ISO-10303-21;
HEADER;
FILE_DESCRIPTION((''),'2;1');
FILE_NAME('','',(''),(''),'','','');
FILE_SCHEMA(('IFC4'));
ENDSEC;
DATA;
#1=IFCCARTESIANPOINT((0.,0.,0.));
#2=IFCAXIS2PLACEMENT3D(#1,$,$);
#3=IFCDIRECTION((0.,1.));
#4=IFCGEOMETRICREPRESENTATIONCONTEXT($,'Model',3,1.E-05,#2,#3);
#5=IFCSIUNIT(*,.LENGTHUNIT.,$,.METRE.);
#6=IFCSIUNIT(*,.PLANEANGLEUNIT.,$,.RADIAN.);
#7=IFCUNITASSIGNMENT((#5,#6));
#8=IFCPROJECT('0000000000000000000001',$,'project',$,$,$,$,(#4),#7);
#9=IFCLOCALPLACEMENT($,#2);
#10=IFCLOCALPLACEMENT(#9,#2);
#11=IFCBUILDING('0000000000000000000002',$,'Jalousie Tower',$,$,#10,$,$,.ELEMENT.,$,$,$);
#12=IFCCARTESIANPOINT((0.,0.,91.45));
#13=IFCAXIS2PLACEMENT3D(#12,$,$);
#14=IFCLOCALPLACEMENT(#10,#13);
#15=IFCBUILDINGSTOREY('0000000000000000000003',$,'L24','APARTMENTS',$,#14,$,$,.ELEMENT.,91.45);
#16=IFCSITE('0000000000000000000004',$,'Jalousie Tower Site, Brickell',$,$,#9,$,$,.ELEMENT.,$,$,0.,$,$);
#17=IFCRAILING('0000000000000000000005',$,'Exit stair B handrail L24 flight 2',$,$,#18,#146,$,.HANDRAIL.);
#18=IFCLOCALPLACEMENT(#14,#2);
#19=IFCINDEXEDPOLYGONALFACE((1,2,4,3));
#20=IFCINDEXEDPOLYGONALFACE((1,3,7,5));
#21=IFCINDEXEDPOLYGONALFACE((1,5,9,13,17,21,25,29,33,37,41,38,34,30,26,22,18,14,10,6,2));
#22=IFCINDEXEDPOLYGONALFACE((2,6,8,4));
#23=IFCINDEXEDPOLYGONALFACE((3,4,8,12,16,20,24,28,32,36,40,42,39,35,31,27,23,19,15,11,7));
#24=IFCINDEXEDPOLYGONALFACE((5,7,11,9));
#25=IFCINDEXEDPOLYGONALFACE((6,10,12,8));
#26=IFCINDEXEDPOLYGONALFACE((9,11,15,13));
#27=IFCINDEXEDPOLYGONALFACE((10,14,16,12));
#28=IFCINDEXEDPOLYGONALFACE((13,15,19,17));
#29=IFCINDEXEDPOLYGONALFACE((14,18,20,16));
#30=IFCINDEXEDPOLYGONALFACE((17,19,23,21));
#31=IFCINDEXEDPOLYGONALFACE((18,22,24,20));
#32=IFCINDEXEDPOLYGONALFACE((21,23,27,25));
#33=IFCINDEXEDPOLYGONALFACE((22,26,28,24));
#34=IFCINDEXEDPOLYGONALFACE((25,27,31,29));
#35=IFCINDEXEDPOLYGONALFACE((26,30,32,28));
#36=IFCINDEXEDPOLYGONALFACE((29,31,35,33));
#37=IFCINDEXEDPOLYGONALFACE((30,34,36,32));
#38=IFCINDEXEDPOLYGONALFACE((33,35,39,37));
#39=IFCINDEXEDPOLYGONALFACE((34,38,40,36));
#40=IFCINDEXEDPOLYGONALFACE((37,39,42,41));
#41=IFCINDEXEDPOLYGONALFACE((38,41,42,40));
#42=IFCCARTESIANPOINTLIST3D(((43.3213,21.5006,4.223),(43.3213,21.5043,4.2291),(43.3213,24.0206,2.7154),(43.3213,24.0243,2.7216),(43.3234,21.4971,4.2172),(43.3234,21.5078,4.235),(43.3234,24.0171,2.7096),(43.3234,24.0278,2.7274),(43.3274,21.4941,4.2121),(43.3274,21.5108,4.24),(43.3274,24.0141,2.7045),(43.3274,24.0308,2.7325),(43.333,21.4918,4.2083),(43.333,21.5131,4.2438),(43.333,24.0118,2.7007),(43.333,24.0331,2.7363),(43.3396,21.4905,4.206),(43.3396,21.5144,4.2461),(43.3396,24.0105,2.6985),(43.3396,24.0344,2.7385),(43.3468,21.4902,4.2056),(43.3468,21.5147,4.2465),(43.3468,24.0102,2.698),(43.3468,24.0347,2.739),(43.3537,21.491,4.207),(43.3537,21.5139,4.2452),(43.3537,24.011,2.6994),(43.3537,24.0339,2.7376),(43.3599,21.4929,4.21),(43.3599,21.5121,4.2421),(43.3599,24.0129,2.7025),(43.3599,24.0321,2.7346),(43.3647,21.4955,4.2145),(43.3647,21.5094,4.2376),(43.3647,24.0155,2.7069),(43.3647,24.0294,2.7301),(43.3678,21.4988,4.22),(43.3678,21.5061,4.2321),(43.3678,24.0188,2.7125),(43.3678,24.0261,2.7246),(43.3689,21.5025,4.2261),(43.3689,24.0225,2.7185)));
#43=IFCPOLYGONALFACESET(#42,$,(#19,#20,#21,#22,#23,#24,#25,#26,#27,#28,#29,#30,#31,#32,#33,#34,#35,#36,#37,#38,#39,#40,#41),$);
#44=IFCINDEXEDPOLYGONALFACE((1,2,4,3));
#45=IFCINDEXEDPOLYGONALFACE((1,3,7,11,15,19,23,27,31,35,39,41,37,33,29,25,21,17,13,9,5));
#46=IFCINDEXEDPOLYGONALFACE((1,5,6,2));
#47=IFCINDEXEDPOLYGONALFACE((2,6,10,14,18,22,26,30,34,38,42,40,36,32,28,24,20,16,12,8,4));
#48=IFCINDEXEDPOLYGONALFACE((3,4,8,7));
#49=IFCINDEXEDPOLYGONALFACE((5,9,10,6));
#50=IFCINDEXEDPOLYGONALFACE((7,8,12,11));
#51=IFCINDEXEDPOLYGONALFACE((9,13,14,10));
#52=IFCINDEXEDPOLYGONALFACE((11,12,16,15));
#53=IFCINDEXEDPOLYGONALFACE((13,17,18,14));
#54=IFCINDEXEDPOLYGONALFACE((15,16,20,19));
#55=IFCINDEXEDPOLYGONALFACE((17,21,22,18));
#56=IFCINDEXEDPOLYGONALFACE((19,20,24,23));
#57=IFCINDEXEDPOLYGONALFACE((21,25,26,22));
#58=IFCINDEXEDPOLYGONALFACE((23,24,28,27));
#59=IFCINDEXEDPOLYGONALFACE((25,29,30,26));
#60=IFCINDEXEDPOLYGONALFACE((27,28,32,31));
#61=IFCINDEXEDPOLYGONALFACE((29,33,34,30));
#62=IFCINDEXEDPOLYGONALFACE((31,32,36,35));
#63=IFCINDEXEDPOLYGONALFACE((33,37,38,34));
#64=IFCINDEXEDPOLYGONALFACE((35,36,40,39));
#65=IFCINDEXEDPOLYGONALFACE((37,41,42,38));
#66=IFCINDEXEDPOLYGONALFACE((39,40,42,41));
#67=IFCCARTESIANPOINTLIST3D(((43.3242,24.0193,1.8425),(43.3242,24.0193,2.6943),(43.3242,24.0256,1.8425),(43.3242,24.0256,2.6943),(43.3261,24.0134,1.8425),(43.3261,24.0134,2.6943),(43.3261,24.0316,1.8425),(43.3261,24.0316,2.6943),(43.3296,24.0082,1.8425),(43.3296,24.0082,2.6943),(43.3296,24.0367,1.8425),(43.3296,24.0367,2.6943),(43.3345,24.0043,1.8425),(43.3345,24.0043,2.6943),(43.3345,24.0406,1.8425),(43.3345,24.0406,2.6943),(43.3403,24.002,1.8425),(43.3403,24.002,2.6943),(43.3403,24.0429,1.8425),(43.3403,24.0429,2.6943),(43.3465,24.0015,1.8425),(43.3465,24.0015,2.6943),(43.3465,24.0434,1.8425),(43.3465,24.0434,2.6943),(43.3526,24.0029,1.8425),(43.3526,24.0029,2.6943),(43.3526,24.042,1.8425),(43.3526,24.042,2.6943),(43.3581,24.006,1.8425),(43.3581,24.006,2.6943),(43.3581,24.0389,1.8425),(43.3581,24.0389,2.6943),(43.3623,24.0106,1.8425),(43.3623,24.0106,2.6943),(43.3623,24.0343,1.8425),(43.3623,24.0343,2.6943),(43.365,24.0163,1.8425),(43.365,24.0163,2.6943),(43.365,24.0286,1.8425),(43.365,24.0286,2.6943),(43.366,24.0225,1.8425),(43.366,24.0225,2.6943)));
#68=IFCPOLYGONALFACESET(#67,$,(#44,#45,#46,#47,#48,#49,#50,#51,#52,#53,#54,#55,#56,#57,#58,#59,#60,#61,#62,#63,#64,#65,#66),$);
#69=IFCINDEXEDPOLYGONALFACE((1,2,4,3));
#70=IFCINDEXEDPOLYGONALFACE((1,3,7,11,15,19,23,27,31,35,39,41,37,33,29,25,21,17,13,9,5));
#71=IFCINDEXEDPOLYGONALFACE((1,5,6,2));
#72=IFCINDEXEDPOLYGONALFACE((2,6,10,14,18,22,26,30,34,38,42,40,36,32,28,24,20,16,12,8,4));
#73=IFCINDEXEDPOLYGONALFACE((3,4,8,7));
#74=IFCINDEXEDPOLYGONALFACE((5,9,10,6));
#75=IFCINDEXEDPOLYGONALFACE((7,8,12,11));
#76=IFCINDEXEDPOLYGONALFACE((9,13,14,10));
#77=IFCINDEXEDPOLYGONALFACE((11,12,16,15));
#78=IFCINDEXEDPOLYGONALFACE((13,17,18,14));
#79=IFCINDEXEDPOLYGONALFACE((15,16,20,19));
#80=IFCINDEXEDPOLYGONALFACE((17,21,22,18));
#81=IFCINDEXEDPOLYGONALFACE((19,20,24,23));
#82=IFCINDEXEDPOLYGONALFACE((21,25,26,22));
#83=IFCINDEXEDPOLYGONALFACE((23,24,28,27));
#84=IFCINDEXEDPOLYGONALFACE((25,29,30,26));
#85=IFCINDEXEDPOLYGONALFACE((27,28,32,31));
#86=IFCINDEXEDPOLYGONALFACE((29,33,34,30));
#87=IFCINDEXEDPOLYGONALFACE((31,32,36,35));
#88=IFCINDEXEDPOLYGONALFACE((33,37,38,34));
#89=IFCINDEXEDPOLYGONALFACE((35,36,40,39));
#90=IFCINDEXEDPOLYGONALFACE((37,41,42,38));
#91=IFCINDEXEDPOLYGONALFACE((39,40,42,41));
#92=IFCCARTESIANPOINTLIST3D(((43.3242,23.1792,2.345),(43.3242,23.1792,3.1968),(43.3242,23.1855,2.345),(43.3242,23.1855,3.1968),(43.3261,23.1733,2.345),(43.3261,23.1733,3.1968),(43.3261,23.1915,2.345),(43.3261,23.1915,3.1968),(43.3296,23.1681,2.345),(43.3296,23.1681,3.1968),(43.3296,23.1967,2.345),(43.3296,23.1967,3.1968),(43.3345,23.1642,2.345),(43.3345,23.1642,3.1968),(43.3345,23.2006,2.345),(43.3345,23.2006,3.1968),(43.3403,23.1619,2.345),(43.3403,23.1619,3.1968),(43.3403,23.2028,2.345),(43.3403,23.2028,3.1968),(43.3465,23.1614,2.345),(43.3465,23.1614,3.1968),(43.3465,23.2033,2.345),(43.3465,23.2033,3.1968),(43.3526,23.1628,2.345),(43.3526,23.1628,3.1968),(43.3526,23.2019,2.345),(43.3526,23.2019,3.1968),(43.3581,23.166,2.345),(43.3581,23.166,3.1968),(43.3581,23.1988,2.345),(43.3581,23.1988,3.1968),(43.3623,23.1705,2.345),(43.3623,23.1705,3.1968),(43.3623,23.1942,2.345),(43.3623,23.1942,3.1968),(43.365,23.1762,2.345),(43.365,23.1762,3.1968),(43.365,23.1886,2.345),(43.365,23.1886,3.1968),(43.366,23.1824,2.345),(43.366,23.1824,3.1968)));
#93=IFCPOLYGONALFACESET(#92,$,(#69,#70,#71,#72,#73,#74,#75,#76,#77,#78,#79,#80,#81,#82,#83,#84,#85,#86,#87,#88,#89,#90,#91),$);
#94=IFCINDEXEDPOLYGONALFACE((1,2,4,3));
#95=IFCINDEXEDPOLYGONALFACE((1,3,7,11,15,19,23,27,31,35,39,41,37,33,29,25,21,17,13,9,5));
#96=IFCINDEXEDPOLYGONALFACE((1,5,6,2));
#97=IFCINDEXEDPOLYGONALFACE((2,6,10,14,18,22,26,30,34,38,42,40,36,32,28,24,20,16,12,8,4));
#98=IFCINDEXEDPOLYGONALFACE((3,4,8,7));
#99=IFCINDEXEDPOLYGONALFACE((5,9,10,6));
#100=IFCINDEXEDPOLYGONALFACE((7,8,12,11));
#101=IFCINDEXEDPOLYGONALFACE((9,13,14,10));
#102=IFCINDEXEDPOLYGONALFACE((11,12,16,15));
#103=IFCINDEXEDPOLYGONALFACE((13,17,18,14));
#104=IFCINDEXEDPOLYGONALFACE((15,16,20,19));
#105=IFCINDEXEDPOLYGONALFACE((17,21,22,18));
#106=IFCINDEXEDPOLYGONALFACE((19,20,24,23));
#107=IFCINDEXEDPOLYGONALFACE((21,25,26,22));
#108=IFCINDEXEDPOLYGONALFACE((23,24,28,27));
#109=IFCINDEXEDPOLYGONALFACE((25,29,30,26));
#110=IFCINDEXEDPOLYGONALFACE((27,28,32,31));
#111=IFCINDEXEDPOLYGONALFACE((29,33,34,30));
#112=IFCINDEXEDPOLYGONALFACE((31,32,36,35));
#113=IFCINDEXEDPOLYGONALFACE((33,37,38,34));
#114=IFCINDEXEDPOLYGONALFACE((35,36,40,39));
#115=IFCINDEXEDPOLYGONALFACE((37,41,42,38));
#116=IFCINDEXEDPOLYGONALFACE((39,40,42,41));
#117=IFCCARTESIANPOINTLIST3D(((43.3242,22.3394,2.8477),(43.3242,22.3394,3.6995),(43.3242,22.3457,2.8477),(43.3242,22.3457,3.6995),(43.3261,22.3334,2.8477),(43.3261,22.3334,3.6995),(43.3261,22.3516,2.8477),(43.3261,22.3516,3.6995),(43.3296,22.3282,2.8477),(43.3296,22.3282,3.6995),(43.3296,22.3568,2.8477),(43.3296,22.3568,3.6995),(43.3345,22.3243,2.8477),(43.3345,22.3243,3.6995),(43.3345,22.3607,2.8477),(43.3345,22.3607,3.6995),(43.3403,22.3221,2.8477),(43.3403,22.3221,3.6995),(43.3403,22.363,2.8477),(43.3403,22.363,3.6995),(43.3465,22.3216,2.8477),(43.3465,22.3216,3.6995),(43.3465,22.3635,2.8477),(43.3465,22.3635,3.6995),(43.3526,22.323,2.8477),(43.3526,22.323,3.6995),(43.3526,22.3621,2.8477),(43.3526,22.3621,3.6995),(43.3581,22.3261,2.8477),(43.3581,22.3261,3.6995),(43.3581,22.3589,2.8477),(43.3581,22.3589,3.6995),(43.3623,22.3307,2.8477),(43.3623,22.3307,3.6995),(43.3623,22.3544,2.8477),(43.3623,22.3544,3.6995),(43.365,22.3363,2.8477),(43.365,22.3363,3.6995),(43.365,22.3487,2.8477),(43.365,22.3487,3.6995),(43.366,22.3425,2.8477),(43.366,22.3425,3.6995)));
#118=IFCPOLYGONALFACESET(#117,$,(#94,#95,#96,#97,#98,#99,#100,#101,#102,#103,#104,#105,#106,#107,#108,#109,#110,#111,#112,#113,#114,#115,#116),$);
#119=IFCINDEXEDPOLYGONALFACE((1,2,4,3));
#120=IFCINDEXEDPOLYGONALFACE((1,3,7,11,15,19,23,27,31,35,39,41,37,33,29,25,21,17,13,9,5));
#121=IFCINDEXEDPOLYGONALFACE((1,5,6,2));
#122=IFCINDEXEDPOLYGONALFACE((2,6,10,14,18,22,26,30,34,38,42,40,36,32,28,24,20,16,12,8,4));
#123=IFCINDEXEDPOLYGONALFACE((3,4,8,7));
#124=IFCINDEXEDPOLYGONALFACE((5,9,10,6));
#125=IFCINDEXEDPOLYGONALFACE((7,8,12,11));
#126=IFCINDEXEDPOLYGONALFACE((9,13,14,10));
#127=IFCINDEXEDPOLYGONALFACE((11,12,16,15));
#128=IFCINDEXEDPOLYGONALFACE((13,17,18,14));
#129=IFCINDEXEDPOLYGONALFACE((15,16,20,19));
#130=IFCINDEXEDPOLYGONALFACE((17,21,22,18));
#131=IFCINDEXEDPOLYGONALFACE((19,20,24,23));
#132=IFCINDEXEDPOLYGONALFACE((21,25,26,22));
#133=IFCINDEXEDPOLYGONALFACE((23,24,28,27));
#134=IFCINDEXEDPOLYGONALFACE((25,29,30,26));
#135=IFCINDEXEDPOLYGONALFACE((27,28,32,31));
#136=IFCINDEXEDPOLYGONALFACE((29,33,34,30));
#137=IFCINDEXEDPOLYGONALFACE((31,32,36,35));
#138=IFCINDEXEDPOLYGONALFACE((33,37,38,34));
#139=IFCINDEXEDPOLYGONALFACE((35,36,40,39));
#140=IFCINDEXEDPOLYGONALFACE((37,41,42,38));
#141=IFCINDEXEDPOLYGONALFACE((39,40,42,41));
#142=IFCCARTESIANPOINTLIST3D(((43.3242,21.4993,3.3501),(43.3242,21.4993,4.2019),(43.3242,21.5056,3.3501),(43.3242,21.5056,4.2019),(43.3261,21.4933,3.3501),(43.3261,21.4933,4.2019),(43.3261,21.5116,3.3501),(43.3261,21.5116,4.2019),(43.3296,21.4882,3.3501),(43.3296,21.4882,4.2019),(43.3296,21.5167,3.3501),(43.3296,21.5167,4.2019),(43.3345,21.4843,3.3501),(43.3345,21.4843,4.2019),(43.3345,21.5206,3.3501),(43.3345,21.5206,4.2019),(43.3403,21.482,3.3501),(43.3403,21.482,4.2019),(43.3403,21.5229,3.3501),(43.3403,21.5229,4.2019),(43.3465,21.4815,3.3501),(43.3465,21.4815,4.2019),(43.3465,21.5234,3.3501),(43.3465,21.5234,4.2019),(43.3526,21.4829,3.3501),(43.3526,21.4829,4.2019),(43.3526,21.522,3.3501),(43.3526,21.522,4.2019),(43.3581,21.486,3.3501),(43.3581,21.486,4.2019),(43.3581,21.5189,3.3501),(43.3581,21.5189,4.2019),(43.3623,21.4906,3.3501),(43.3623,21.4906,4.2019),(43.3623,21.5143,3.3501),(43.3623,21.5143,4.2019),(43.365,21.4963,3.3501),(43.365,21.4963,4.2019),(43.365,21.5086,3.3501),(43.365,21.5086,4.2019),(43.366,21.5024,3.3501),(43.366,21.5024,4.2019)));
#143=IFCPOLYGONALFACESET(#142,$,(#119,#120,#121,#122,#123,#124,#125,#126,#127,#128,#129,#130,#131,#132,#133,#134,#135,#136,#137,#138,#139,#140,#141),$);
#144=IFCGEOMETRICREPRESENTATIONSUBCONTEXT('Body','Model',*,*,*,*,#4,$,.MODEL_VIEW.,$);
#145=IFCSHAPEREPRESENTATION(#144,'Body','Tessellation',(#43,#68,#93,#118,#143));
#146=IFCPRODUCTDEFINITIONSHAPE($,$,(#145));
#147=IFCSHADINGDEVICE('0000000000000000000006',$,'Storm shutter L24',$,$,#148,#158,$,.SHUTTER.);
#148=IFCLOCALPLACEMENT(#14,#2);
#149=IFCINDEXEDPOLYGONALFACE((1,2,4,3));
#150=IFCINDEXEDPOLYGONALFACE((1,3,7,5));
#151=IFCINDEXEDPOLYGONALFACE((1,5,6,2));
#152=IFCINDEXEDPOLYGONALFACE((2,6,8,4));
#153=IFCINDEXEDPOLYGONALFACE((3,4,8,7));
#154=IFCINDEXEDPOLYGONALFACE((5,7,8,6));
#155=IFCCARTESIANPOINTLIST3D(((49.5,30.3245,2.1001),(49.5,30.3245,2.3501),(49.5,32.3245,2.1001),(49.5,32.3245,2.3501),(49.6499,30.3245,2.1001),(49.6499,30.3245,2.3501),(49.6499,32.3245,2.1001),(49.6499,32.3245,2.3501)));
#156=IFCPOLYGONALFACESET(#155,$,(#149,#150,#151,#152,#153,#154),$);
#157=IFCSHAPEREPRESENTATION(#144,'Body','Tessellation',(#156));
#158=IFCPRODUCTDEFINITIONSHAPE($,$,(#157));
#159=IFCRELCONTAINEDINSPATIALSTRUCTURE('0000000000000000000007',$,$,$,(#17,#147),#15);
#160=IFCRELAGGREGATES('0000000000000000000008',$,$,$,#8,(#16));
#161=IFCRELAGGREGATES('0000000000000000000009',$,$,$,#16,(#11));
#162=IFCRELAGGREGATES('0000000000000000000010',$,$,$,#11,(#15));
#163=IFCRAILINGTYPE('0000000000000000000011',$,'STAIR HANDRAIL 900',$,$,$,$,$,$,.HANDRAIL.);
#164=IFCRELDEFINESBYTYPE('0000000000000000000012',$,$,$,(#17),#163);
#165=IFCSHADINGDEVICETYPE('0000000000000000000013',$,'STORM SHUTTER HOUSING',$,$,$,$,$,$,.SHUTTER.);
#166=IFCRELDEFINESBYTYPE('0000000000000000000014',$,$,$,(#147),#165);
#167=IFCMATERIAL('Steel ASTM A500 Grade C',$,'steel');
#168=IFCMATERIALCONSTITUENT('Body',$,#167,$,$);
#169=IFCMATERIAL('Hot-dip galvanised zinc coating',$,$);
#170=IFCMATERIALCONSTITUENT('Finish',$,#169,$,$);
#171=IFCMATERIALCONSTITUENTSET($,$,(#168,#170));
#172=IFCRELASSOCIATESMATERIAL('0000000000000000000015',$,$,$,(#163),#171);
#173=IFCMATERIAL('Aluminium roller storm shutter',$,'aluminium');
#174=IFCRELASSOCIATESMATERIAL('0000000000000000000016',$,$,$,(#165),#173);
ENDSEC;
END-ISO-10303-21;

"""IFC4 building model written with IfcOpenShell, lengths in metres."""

from ifc_helpers import new_model, si_unit, direction, frame, origin, origin_2d, place, context, subcontext, project, spatial, rectangle, circle, extrude, material, constituent, constituent_set, type_object, element, save


model = new_model("IFC4")

# Units and contexts
model_context = context("Model", 3, precision=1e-05, world=origin(), true_north=direction((0.0, 1.0)))
body_context = subcontext(model_context, "Body", "Model", "MODEL_VIEW")
ifc_project = project(units=[si_unit("LENGTHUNIT", "METRE"), si_unit("PLANEANGLEUNIT", "RADIAN")], contexts=[model_context])

# Site, building, storey
site_placement = place(None, origin())
site = spatial("IfcSite", under=ifc_project, at=site_placement, Name="Jalousie Tower Site, Brickell", CompositionType="ELEMENT", RefElevation=0.0)
building_placement = place(site_placement, origin())
building = spatial("IfcBuilding", under=site, at=building_placement, Name="Jalousie Tower", CompositionType="ELEMENT")
storey_placement = place(building_placement, frame((0.0, 0.0, 91.45)))
storey = spatial("IfcBuildingStorey", under=building, at=storey_placement, Name="L24", Description="APARTMENTS", CompositionType="ELEMENT", Elevation=91.45)

# Railing
ifc_material_1 = material(Name="Steel ASTM A500 Grade C", Category="steel")
ifc_constituent_1 = constituent(ifc_material_1, Name="Body")
ifc_material_2 = material(Name="Hot-dip galvanised zinc coating")
ifc_constituent_2 = constituent(ifc_material_2, Name="Finish")
ifc_constituent_set_1 = constituent_set(constituents=[ifc_constituent_1, ifc_constituent_2])
railing_type_1 = type_object("IfcRailingType", Name="STAIR HANDRAIL 900", PredefinedType="HANDRAIL", material=ifc_constituent_set_1)
railing_1_placement = place(storey_placement, frame((43.345, 24.0225, 1.8425)))
element("IfcRailing", 1, at=railing_1_placement, inside=storey, type_object=railing_type_1, Name="Exit stair B handrail L24 flight 2", PredefinedType="HANDRAIL", context=body_context, shape_type="SweptSolid", body=[
    extrude(circle(Radius=0.0239, at=origin_2d()), frame((0.0, 0.0, 0.876), z_axis=(0.0, -0.85816, 0.513383), x_axis=(1.0, 0.0, 0.0)), (0.0, 0.0, 1.0), 2.9365),
    extrude(circle(Radius=0.021, at=origin_2d()), origin(), (0.0, 0.0, 1.0), 0.8518),
    extrude(circle(Radius=0.021, at=origin_2d()), frame((0.0, -0.8401, 0.5024)), (0.0, 0.0, 1.0), 0.8518),
    extrude(circle(Radius=0.021, at=origin_2d()), frame((0.0, -1.6799, 1.0051)), (0.0, 0.0, 1.0), 0.8518),
    extrude(circle(Radius=0.021, at=origin_2d()), frame((0.0, -2.52, 1.5076)), (0.0, 0.0, 1.0), 0.8518),
])

# Shading device
ifc_material_3 = material(Name="Aluminium roller storm shutter", Category="aluminium")
shading_device_type = type_object("IfcShadingDeviceType", Name="STORM SHUTTER HOUSING", PredefinedType="SHUTTER", material=ifc_material_3)
shading_device_placement = place(storey_placement, frame((49.575, 31.3245, 2.1001), z_axis=(0.0, 0.0, 1.0), x_axis=(0.0, 1.0, 0.0)))
element("IfcShadingDevice", 2, at=shading_device_placement, inside=storey, type_object=shading_device_type, Name="Storm shutter L24", PredefinedType="SHUTTER", context=body_context, shape_type="SweptSolid", body=[
    extrude(rectangle(XDim=2.0, YDim=0.1499, at=origin_2d()), origin(), (0.0, 0.0, 1.0), 0.25),
])

save(model, "model.ifc")
